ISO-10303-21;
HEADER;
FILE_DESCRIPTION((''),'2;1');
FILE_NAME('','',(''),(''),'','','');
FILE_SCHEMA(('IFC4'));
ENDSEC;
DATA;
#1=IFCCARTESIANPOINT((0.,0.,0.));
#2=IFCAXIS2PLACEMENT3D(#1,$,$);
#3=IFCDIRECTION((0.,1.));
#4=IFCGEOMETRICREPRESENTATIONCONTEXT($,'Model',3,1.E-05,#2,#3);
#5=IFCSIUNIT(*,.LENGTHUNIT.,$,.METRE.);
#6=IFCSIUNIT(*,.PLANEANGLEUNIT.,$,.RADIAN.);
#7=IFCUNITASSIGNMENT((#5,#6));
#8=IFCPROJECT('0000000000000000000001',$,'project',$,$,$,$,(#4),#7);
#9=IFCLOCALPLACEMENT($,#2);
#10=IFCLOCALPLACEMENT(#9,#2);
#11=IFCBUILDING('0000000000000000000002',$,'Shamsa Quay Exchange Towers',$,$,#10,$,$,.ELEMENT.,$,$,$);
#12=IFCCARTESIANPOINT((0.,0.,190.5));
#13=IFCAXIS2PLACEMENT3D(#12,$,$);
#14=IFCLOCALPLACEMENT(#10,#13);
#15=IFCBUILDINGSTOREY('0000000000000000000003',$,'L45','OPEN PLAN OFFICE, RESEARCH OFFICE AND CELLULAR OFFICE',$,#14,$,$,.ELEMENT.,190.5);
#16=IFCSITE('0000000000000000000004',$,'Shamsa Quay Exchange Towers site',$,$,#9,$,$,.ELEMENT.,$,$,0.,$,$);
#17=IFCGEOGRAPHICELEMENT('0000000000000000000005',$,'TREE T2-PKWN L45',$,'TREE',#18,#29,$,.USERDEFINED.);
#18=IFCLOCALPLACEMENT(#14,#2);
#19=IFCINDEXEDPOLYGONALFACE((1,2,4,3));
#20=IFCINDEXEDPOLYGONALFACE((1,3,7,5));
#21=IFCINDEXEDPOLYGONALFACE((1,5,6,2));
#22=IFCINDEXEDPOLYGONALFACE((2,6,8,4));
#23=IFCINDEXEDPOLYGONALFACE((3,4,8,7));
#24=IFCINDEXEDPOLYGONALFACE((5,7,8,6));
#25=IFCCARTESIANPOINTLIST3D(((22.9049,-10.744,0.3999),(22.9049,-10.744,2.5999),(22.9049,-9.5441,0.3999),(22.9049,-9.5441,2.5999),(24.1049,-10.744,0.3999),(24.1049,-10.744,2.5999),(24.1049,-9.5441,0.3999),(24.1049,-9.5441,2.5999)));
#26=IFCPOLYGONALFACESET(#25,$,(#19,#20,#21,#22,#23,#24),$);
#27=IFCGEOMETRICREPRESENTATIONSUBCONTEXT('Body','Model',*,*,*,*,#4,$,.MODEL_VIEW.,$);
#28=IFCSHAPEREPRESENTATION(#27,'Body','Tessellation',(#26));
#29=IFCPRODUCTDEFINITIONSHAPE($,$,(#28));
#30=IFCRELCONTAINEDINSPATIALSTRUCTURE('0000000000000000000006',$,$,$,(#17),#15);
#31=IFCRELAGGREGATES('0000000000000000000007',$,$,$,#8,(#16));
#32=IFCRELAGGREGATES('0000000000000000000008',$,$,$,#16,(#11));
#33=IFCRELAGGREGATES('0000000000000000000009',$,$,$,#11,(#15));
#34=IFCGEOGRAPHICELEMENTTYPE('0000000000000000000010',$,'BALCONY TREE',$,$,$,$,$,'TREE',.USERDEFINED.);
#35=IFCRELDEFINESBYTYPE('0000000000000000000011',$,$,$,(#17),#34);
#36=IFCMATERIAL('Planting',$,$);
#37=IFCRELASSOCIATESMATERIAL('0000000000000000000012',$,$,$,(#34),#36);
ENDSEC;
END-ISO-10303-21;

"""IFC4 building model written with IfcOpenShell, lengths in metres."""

from ifc_helpers import new_model, si_unit, direction, frame, origin, origin_2d, place, context, subcontext, project, spatial, rectangle, extrude, material, type_object, element, save


model = new_model("IFC4")

# Units and contexts
model_context = context("Model", 3, precision=1e-05, world=origin(), true_north=direction((0.0, 1.0)))
body_context = subcontext(model_context, "Body", "Model", "MODEL_VIEW")
ifc_project = project(units=[si_unit("LENGTHUNIT", "METRE"), si_unit("PLANEANGLEUNIT", "RADIAN")], contexts=[model_context])

# Site, building, storey
site_placement = place(None, origin())
site = spatial("IfcSite", under=ifc_project, at=site_placement, Name="Shamsa Quay Exchange Towers site", CompositionType="ELEMENT", RefElevation=0.0)
building_placement = place(site_placement, origin())
building = spatial("IfcBuilding", under=site, at=building_placement, Name="Shamsa Quay Exchange Towers", CompositionType="ELEMENT")
storey_placement = place(building_placement, frame((0.0, 0.0, 190.5)))
storey = spatial("IfcBuildingStorey", under=building, at=storey_placement, Name="L45", Description="OPEN PLAN OFFICE, RESEARCH OFFICE AND CELLULAR OFFICE", CompositionType="ELEMENT", Elevation=190.5)

# Geographic element
ifc_material_1 = material(Name="Planting")
geographic_element_type = type_object("IfcGeographicElementType", Name="BALCONY TREE", ElementType="TREE", PredefinedType="USERDEFINED", material=ifc_material_1)
geographic_element_placement = place(storey_placement, frame((23.5049, -10.144, 0.3999), z_axis=(0.0, 0.0, 1.0), x_axis=(0.0, -1.0, 0.0)))
element("IfcGeographicElement", 1, at=geographic_element_placement, inside=storey, type_object=geographic_element_type, Name="TREE T2-PKWN L45", ObjectType="TREE", PredefinedType="USERDEFINED", context=body_context, shape_type="SweptSolid", body=[
    extrude(rectangle(XDim=1.2, YDim=1.2, at=origin_2d()), origin(), (0.0, 0.0, 1.0), 2.2),
])

save(model, "model.ifc")
